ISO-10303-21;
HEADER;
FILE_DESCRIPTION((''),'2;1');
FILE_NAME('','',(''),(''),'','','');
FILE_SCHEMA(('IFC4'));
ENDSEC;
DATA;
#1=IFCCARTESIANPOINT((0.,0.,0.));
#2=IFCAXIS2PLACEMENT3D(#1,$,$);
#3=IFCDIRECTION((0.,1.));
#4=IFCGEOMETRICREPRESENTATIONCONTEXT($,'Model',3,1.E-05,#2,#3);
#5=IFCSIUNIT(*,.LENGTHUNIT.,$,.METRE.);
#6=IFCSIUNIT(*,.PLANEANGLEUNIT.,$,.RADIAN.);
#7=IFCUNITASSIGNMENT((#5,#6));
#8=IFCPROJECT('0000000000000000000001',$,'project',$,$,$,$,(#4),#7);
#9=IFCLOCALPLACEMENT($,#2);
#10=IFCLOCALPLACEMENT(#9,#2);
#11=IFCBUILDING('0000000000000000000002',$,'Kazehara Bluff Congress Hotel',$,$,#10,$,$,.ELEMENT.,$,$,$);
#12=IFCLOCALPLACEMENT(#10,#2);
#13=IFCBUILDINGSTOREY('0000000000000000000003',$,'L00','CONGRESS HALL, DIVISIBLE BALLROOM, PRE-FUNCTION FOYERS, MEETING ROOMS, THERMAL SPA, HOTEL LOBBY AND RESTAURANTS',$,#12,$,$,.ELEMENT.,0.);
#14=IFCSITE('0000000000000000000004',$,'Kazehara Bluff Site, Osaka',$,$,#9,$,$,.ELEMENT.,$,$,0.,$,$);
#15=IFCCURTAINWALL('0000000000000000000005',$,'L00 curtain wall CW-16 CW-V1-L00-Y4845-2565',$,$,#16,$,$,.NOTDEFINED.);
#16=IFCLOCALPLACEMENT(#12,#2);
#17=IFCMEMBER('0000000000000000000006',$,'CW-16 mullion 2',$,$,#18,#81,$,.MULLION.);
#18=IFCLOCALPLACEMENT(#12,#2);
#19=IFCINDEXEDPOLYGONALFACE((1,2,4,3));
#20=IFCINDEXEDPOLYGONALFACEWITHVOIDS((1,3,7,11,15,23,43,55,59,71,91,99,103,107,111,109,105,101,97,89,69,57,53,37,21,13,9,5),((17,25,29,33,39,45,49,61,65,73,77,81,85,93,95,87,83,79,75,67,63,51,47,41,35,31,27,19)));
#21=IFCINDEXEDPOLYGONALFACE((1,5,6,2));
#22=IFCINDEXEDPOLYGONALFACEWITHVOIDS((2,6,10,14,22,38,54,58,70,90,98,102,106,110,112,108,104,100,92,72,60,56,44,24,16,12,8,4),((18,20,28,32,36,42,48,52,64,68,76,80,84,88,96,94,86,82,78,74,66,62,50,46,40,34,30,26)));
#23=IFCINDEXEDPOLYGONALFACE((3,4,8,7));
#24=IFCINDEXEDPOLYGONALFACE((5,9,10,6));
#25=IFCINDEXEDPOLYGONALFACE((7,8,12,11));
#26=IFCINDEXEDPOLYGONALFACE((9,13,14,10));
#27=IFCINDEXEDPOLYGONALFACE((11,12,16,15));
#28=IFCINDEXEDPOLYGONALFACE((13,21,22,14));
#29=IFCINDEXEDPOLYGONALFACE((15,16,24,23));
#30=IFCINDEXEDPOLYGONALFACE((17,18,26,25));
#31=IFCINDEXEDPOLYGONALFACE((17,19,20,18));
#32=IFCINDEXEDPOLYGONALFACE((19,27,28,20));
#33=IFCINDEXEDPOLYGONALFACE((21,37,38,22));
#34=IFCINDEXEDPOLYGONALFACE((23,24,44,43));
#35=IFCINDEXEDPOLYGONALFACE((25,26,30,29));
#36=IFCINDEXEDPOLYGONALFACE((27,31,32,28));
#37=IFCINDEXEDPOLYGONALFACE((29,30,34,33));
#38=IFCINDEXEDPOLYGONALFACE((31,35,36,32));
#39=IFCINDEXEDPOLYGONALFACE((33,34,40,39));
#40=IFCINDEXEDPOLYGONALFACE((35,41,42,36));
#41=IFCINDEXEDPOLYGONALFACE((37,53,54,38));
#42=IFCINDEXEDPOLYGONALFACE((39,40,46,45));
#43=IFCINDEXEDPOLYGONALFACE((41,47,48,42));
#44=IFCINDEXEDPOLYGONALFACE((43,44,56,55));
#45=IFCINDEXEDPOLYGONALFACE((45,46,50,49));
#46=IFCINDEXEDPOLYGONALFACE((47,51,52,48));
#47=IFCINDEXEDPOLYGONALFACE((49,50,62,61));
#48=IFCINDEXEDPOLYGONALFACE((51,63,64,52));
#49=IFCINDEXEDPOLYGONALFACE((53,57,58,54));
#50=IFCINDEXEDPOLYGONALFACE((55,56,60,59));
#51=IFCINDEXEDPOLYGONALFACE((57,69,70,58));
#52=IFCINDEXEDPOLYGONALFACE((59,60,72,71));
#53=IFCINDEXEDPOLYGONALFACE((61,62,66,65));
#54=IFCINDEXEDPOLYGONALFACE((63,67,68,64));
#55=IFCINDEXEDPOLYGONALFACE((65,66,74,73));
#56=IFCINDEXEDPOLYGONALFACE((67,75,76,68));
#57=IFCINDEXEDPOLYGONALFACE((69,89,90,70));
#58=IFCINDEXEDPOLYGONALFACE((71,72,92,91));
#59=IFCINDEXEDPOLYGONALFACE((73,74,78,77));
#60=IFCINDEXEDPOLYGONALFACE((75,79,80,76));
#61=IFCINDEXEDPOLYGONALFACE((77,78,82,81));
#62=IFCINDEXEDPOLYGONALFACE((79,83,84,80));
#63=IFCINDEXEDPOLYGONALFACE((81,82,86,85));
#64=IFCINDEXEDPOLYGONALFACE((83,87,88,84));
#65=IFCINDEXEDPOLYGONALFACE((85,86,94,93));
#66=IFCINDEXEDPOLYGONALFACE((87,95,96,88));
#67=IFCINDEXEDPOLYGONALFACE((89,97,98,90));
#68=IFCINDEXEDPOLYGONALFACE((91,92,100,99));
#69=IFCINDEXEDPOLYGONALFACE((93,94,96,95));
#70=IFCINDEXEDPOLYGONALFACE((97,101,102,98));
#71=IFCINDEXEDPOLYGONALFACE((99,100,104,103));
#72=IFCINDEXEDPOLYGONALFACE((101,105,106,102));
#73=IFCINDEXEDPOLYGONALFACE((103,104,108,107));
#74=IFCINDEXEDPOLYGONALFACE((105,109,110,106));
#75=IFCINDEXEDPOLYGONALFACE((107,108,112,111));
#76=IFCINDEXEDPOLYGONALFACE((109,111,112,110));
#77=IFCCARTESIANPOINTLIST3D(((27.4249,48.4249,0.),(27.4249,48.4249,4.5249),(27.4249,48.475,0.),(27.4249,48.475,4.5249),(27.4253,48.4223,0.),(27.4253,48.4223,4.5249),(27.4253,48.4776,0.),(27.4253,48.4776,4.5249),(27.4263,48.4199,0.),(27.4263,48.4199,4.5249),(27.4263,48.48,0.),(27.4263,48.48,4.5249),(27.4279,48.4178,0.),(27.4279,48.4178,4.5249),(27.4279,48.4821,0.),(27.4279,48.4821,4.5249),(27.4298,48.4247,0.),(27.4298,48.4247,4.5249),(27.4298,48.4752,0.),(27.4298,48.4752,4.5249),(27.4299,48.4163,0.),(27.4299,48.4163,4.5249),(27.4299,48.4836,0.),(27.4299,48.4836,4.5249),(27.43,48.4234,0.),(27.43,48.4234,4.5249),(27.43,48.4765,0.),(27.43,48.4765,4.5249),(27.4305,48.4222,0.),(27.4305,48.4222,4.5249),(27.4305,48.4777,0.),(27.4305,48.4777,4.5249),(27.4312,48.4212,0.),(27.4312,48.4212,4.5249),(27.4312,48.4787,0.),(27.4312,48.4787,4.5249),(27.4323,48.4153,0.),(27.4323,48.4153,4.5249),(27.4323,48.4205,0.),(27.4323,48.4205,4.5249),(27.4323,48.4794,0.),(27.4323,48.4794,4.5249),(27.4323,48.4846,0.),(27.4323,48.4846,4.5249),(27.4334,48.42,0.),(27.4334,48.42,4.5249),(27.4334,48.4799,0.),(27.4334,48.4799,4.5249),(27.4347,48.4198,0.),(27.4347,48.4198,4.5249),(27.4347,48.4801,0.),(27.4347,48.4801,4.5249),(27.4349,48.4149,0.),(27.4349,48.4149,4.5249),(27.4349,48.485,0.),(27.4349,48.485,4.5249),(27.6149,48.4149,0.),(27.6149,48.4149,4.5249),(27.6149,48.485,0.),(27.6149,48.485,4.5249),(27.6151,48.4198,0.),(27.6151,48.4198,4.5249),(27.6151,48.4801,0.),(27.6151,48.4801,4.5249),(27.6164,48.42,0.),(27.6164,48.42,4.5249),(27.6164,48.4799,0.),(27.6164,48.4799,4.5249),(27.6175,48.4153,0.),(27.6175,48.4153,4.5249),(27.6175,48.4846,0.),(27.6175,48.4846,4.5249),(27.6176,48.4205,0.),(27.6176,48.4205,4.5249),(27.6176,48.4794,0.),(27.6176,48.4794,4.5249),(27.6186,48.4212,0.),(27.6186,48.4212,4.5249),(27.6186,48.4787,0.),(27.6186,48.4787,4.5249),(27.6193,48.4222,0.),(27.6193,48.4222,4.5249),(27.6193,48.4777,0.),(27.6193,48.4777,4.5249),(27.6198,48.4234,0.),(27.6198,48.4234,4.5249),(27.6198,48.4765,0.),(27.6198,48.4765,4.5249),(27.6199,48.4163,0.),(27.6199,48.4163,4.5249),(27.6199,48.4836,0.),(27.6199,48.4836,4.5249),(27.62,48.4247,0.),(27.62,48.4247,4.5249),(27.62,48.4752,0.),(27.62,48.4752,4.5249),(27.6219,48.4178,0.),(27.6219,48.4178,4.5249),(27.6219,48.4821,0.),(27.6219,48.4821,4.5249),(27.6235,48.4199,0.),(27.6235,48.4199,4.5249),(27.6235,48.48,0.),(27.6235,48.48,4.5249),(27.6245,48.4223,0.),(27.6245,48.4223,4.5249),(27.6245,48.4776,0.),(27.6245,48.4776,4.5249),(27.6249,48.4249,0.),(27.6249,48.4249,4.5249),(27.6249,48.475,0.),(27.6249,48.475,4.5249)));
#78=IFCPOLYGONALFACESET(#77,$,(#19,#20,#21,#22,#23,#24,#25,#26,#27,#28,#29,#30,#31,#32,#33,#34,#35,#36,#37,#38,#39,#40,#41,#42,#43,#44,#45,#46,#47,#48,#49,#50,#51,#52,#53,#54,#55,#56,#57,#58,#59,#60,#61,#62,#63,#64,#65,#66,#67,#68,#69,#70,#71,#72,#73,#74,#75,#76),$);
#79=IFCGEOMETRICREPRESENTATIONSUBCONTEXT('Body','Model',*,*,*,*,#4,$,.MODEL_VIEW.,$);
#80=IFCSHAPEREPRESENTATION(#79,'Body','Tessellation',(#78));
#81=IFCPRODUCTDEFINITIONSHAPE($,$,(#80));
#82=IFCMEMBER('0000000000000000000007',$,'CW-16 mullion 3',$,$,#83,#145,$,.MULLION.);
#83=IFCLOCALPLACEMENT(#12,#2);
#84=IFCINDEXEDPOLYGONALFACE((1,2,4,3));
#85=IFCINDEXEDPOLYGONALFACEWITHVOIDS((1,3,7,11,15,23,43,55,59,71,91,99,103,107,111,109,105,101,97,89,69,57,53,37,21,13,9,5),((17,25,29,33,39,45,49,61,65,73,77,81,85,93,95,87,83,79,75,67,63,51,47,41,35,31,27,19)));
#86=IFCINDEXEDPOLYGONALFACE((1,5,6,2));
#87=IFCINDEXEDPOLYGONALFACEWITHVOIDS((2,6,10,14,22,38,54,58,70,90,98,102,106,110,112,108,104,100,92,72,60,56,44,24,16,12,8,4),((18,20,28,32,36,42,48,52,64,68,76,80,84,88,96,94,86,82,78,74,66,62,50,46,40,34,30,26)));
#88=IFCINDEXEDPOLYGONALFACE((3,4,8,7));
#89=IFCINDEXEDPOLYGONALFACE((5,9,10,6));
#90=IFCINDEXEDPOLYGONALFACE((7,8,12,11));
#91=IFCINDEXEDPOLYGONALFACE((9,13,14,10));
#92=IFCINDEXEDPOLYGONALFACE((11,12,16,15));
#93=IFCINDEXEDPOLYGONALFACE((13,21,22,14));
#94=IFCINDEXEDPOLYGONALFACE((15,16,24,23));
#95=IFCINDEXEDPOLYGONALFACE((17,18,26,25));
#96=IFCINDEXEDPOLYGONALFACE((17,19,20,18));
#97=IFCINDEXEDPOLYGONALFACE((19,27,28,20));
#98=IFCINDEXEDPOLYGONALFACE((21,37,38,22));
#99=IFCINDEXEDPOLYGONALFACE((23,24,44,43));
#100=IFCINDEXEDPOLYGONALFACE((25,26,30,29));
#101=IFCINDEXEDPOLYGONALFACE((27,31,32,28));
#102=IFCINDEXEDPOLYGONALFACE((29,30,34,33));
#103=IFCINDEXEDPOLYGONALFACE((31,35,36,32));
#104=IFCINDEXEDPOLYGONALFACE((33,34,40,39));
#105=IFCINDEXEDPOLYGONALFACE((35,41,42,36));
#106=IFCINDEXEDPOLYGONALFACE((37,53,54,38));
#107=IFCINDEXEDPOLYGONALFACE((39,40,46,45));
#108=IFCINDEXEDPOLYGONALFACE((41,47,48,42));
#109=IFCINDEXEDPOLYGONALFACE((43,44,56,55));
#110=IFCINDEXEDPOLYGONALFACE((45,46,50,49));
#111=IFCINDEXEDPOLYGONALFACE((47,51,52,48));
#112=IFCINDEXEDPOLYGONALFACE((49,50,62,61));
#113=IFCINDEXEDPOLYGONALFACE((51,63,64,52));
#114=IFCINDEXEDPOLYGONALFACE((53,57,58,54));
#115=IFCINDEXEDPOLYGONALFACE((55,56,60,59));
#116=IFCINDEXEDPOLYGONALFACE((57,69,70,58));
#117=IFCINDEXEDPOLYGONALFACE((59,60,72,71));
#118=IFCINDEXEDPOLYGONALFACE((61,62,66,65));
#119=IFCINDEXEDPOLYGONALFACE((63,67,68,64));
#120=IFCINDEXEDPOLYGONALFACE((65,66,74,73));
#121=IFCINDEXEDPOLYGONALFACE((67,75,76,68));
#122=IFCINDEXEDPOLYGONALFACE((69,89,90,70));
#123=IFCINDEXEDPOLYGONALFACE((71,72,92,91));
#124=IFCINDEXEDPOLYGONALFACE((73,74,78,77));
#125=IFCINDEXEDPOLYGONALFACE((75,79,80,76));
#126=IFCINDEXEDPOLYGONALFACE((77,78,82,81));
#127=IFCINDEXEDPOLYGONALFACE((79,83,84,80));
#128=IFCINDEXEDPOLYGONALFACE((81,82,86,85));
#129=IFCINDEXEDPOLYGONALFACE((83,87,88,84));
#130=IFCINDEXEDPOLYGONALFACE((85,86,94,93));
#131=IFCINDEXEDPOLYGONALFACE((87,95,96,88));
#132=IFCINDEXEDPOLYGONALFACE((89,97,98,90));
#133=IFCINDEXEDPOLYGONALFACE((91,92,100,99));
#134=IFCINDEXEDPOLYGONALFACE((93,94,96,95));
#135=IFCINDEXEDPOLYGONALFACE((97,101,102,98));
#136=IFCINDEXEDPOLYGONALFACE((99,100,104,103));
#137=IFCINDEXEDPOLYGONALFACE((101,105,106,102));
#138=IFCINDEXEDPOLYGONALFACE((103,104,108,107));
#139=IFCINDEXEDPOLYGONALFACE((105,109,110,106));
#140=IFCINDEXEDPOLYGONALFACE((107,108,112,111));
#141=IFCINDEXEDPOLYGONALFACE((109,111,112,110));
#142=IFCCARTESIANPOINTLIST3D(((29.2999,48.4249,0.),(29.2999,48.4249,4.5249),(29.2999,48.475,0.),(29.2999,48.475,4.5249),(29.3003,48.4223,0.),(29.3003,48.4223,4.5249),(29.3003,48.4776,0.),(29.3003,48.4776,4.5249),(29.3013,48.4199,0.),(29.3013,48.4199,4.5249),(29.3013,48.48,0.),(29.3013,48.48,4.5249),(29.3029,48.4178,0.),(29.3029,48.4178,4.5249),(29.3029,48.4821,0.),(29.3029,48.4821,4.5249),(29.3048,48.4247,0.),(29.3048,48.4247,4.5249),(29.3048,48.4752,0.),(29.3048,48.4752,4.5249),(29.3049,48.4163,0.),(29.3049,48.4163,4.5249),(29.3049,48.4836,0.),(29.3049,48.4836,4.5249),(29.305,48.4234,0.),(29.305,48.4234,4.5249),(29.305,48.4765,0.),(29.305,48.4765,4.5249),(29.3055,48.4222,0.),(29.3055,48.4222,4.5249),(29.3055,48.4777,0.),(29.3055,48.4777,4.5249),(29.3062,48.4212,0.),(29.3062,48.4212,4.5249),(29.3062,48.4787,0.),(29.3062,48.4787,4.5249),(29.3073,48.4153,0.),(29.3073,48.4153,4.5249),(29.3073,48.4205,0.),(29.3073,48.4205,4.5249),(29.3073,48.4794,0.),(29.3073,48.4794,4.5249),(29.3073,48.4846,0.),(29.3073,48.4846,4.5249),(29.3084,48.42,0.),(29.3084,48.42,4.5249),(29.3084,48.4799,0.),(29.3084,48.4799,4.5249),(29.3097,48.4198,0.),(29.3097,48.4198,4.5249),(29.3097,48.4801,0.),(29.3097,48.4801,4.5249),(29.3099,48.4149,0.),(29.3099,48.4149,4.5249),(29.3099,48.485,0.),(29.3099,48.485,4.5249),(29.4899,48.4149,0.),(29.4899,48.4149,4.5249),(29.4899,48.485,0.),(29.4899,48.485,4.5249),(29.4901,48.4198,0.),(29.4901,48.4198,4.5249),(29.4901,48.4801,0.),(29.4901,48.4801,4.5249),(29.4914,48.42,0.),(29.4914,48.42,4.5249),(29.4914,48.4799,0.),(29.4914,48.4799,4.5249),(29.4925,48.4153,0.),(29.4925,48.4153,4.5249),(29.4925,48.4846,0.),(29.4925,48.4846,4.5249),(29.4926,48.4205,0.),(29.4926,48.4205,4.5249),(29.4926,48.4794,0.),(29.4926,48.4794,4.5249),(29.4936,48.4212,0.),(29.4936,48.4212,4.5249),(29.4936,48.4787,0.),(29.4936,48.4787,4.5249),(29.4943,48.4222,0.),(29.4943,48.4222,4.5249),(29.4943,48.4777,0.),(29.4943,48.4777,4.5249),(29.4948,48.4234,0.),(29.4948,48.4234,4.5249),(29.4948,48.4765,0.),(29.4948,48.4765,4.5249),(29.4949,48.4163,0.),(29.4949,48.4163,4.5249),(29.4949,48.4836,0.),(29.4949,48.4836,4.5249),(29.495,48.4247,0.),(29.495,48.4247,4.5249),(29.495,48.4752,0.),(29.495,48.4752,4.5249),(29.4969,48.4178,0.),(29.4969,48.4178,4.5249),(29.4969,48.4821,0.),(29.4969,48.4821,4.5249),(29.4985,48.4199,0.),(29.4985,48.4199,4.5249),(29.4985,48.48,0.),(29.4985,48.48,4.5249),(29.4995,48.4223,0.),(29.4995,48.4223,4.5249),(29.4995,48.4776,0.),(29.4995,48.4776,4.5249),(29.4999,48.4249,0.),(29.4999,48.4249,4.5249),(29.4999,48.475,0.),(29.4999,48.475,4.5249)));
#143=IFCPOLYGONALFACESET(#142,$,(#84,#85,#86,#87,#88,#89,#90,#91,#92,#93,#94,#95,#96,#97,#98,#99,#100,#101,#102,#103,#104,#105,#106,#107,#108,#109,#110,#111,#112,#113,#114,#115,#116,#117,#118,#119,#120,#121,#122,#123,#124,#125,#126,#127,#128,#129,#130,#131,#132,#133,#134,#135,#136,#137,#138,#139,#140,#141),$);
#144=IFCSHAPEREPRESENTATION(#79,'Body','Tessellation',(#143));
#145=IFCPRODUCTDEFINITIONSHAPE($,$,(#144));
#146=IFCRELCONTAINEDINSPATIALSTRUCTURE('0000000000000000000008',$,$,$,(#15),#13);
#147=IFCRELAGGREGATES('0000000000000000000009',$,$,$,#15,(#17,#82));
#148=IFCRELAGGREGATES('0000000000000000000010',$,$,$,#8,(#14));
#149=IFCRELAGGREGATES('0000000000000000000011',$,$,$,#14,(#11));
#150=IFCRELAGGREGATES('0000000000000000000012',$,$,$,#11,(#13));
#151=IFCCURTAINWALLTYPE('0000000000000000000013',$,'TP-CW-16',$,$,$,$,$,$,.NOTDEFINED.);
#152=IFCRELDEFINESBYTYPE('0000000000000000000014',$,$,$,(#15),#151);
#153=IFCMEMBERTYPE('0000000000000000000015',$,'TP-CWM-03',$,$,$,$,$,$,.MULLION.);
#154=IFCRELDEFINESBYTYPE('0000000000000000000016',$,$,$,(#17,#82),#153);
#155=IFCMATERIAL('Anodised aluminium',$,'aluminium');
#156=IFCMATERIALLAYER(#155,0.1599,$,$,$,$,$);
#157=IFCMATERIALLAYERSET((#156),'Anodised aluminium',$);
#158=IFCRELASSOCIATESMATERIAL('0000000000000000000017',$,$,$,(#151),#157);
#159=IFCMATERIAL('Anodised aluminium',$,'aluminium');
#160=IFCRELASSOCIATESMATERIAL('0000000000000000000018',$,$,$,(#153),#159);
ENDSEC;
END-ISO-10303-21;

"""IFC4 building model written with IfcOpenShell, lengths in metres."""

from ifc_helpers import new_model, si_unit, direction, frame, origin, origin_2d, place, context, subcontext, project, spatial, hollow_rectangle, extrude, material, layer, layer_set, material_profile, profile_set, type_object, element, aggregate, save


model = new_model("IFC4")

# Units and contexts
model_context = context("Model", 3, precision=1e-05, world=origin(), true_north=direction((0.0, 1.0)))
body_context = subcontext(model_context, "Body", "Model", "MODEL_VIEW")
ifc_project = project(units=[si_unit("LENGTHUNIT", "METRE"), si_unit("PLANEANGLEUNIT", "RADIAN")], contexts=[model_context])

# Site, building, storey
site_placement = place(None, origin())
site = spatial("IfcSite", under=ifc_project, at=site_placement, Name="Kazehara Bluff Site, Osaka", CompositionType="ELEMENT", RefElevation=0.0)
building_placement = place(site_placement, origin())
building = spatial("IfcBuilding", under=site, at=building_placement, Name="Kazehara Bluff Congress Hotel", CompositionType="ELEMENT")
storey_placement = place(building_placement, origin())
storey = spatial("IfcBuildingStorey", under=building, at=storey_placement, Name="L00", Description="CONGRESS HALL, DIVISIBLE BALLROOM, PRE-FUNCTION FOYERS, MEETING ROOMS, THERMAL SPA, HOTEL LOBBY AND RESTAURANTS", CompositionType="ELEMENT", Elevation=0.0)

# Curtain wall, members
ifc_material_1 = material(Name="Anodised aluminium", Category="aluminium")
ifc_layer_1 = layer(ifc_material_1, 0.1599)
ifc_layer_set_1 = layer_set([ifc_layer_1], Name="Anodised aluminium")
curtain_wall_type = type_object("IfcCurtainWallType", Name="TP-CW-16", PredefinedType="NOTDEFINED", material=ifc_layer_set_1)
curtain_wall_placement = place(storey_placement, origin())
curtain_wall = element("IfcCurtainWall", 1, at=curtain_wall_placement, inside=storey, type_object=curtain_wall_type, Name="L00 curtain wall CW-16 CW-V1-L00-Y4845-2565", PredefinedType="NOTDEFINED")
ifc_material_2 = material(Name="Anodised aluminium", Category="aluminium")
ifc_material_profile_1 = material_profile(ifc_material_2, hollow_rectangle(XDim=0.0701, YDim=0.2, WallThickness=0.0049, InnerFilletRadius=0.0049, OuterFilletRadius=0.01, at=origin_2d()))
ifc_profile_set_1 = profile_set([ifc_material_profile_1], Name="Anodised aluminium")
member_type_1 = type_object("IfcMemberType", Name="TP-CWM-03", PredefinedType="MULLION", material=ifc_profile_set_1)
member_1_placement = place(storey_placement, frame((27.5249, 48.45, 0.0), z_axis=(0.0, 0.0, 1.0), x_axis=(0.0, 1.0, 0.0)))
member_1 = element("IfcMember", 2, at=member_1_placement, type_object=member_type_1, Name="CW-16 mullion 2", PredefinedType="MULLION", context=body_context, shape_type="SweptSolid", body=[
    extrude(hollow_rectangle(XDim=0.0701, YDim=0.2, WallThickness=0.0049, InnerFilletRadius=0.0049, OuterFilletRadius=0.01, at=origin_2d()), origin(), (0.0, 0.0, 1.0), 4.5249),
])
member_2_placement = place(storey_placement, frame((29.3999, 48.45, 0.0), z_axis=(0.0, 0.0, 1.0), x_axis=(0.0, 1.0, 0.0)))
member_2 = element("IfcMember", 3, at=member_2_placement, type_object=member_type_1, Name="CW-16 mullion 3", PredefinedType="MULLION", context=body_context, shape_type="SweptSolid", body=[
    extrude(hollow_rectangle(XDim=0.0701, YDim=0.2, WallThickness=0.0049, InnerFilletRadius=0.0049, OuterFilletRadius=0.01, at=origin_2d()), origin(), (0.0, 0.0, 1.0), 4.5249),
])
aggregate(curtain_wall, [member_1, member_2])

save(model, "model.ifc")
